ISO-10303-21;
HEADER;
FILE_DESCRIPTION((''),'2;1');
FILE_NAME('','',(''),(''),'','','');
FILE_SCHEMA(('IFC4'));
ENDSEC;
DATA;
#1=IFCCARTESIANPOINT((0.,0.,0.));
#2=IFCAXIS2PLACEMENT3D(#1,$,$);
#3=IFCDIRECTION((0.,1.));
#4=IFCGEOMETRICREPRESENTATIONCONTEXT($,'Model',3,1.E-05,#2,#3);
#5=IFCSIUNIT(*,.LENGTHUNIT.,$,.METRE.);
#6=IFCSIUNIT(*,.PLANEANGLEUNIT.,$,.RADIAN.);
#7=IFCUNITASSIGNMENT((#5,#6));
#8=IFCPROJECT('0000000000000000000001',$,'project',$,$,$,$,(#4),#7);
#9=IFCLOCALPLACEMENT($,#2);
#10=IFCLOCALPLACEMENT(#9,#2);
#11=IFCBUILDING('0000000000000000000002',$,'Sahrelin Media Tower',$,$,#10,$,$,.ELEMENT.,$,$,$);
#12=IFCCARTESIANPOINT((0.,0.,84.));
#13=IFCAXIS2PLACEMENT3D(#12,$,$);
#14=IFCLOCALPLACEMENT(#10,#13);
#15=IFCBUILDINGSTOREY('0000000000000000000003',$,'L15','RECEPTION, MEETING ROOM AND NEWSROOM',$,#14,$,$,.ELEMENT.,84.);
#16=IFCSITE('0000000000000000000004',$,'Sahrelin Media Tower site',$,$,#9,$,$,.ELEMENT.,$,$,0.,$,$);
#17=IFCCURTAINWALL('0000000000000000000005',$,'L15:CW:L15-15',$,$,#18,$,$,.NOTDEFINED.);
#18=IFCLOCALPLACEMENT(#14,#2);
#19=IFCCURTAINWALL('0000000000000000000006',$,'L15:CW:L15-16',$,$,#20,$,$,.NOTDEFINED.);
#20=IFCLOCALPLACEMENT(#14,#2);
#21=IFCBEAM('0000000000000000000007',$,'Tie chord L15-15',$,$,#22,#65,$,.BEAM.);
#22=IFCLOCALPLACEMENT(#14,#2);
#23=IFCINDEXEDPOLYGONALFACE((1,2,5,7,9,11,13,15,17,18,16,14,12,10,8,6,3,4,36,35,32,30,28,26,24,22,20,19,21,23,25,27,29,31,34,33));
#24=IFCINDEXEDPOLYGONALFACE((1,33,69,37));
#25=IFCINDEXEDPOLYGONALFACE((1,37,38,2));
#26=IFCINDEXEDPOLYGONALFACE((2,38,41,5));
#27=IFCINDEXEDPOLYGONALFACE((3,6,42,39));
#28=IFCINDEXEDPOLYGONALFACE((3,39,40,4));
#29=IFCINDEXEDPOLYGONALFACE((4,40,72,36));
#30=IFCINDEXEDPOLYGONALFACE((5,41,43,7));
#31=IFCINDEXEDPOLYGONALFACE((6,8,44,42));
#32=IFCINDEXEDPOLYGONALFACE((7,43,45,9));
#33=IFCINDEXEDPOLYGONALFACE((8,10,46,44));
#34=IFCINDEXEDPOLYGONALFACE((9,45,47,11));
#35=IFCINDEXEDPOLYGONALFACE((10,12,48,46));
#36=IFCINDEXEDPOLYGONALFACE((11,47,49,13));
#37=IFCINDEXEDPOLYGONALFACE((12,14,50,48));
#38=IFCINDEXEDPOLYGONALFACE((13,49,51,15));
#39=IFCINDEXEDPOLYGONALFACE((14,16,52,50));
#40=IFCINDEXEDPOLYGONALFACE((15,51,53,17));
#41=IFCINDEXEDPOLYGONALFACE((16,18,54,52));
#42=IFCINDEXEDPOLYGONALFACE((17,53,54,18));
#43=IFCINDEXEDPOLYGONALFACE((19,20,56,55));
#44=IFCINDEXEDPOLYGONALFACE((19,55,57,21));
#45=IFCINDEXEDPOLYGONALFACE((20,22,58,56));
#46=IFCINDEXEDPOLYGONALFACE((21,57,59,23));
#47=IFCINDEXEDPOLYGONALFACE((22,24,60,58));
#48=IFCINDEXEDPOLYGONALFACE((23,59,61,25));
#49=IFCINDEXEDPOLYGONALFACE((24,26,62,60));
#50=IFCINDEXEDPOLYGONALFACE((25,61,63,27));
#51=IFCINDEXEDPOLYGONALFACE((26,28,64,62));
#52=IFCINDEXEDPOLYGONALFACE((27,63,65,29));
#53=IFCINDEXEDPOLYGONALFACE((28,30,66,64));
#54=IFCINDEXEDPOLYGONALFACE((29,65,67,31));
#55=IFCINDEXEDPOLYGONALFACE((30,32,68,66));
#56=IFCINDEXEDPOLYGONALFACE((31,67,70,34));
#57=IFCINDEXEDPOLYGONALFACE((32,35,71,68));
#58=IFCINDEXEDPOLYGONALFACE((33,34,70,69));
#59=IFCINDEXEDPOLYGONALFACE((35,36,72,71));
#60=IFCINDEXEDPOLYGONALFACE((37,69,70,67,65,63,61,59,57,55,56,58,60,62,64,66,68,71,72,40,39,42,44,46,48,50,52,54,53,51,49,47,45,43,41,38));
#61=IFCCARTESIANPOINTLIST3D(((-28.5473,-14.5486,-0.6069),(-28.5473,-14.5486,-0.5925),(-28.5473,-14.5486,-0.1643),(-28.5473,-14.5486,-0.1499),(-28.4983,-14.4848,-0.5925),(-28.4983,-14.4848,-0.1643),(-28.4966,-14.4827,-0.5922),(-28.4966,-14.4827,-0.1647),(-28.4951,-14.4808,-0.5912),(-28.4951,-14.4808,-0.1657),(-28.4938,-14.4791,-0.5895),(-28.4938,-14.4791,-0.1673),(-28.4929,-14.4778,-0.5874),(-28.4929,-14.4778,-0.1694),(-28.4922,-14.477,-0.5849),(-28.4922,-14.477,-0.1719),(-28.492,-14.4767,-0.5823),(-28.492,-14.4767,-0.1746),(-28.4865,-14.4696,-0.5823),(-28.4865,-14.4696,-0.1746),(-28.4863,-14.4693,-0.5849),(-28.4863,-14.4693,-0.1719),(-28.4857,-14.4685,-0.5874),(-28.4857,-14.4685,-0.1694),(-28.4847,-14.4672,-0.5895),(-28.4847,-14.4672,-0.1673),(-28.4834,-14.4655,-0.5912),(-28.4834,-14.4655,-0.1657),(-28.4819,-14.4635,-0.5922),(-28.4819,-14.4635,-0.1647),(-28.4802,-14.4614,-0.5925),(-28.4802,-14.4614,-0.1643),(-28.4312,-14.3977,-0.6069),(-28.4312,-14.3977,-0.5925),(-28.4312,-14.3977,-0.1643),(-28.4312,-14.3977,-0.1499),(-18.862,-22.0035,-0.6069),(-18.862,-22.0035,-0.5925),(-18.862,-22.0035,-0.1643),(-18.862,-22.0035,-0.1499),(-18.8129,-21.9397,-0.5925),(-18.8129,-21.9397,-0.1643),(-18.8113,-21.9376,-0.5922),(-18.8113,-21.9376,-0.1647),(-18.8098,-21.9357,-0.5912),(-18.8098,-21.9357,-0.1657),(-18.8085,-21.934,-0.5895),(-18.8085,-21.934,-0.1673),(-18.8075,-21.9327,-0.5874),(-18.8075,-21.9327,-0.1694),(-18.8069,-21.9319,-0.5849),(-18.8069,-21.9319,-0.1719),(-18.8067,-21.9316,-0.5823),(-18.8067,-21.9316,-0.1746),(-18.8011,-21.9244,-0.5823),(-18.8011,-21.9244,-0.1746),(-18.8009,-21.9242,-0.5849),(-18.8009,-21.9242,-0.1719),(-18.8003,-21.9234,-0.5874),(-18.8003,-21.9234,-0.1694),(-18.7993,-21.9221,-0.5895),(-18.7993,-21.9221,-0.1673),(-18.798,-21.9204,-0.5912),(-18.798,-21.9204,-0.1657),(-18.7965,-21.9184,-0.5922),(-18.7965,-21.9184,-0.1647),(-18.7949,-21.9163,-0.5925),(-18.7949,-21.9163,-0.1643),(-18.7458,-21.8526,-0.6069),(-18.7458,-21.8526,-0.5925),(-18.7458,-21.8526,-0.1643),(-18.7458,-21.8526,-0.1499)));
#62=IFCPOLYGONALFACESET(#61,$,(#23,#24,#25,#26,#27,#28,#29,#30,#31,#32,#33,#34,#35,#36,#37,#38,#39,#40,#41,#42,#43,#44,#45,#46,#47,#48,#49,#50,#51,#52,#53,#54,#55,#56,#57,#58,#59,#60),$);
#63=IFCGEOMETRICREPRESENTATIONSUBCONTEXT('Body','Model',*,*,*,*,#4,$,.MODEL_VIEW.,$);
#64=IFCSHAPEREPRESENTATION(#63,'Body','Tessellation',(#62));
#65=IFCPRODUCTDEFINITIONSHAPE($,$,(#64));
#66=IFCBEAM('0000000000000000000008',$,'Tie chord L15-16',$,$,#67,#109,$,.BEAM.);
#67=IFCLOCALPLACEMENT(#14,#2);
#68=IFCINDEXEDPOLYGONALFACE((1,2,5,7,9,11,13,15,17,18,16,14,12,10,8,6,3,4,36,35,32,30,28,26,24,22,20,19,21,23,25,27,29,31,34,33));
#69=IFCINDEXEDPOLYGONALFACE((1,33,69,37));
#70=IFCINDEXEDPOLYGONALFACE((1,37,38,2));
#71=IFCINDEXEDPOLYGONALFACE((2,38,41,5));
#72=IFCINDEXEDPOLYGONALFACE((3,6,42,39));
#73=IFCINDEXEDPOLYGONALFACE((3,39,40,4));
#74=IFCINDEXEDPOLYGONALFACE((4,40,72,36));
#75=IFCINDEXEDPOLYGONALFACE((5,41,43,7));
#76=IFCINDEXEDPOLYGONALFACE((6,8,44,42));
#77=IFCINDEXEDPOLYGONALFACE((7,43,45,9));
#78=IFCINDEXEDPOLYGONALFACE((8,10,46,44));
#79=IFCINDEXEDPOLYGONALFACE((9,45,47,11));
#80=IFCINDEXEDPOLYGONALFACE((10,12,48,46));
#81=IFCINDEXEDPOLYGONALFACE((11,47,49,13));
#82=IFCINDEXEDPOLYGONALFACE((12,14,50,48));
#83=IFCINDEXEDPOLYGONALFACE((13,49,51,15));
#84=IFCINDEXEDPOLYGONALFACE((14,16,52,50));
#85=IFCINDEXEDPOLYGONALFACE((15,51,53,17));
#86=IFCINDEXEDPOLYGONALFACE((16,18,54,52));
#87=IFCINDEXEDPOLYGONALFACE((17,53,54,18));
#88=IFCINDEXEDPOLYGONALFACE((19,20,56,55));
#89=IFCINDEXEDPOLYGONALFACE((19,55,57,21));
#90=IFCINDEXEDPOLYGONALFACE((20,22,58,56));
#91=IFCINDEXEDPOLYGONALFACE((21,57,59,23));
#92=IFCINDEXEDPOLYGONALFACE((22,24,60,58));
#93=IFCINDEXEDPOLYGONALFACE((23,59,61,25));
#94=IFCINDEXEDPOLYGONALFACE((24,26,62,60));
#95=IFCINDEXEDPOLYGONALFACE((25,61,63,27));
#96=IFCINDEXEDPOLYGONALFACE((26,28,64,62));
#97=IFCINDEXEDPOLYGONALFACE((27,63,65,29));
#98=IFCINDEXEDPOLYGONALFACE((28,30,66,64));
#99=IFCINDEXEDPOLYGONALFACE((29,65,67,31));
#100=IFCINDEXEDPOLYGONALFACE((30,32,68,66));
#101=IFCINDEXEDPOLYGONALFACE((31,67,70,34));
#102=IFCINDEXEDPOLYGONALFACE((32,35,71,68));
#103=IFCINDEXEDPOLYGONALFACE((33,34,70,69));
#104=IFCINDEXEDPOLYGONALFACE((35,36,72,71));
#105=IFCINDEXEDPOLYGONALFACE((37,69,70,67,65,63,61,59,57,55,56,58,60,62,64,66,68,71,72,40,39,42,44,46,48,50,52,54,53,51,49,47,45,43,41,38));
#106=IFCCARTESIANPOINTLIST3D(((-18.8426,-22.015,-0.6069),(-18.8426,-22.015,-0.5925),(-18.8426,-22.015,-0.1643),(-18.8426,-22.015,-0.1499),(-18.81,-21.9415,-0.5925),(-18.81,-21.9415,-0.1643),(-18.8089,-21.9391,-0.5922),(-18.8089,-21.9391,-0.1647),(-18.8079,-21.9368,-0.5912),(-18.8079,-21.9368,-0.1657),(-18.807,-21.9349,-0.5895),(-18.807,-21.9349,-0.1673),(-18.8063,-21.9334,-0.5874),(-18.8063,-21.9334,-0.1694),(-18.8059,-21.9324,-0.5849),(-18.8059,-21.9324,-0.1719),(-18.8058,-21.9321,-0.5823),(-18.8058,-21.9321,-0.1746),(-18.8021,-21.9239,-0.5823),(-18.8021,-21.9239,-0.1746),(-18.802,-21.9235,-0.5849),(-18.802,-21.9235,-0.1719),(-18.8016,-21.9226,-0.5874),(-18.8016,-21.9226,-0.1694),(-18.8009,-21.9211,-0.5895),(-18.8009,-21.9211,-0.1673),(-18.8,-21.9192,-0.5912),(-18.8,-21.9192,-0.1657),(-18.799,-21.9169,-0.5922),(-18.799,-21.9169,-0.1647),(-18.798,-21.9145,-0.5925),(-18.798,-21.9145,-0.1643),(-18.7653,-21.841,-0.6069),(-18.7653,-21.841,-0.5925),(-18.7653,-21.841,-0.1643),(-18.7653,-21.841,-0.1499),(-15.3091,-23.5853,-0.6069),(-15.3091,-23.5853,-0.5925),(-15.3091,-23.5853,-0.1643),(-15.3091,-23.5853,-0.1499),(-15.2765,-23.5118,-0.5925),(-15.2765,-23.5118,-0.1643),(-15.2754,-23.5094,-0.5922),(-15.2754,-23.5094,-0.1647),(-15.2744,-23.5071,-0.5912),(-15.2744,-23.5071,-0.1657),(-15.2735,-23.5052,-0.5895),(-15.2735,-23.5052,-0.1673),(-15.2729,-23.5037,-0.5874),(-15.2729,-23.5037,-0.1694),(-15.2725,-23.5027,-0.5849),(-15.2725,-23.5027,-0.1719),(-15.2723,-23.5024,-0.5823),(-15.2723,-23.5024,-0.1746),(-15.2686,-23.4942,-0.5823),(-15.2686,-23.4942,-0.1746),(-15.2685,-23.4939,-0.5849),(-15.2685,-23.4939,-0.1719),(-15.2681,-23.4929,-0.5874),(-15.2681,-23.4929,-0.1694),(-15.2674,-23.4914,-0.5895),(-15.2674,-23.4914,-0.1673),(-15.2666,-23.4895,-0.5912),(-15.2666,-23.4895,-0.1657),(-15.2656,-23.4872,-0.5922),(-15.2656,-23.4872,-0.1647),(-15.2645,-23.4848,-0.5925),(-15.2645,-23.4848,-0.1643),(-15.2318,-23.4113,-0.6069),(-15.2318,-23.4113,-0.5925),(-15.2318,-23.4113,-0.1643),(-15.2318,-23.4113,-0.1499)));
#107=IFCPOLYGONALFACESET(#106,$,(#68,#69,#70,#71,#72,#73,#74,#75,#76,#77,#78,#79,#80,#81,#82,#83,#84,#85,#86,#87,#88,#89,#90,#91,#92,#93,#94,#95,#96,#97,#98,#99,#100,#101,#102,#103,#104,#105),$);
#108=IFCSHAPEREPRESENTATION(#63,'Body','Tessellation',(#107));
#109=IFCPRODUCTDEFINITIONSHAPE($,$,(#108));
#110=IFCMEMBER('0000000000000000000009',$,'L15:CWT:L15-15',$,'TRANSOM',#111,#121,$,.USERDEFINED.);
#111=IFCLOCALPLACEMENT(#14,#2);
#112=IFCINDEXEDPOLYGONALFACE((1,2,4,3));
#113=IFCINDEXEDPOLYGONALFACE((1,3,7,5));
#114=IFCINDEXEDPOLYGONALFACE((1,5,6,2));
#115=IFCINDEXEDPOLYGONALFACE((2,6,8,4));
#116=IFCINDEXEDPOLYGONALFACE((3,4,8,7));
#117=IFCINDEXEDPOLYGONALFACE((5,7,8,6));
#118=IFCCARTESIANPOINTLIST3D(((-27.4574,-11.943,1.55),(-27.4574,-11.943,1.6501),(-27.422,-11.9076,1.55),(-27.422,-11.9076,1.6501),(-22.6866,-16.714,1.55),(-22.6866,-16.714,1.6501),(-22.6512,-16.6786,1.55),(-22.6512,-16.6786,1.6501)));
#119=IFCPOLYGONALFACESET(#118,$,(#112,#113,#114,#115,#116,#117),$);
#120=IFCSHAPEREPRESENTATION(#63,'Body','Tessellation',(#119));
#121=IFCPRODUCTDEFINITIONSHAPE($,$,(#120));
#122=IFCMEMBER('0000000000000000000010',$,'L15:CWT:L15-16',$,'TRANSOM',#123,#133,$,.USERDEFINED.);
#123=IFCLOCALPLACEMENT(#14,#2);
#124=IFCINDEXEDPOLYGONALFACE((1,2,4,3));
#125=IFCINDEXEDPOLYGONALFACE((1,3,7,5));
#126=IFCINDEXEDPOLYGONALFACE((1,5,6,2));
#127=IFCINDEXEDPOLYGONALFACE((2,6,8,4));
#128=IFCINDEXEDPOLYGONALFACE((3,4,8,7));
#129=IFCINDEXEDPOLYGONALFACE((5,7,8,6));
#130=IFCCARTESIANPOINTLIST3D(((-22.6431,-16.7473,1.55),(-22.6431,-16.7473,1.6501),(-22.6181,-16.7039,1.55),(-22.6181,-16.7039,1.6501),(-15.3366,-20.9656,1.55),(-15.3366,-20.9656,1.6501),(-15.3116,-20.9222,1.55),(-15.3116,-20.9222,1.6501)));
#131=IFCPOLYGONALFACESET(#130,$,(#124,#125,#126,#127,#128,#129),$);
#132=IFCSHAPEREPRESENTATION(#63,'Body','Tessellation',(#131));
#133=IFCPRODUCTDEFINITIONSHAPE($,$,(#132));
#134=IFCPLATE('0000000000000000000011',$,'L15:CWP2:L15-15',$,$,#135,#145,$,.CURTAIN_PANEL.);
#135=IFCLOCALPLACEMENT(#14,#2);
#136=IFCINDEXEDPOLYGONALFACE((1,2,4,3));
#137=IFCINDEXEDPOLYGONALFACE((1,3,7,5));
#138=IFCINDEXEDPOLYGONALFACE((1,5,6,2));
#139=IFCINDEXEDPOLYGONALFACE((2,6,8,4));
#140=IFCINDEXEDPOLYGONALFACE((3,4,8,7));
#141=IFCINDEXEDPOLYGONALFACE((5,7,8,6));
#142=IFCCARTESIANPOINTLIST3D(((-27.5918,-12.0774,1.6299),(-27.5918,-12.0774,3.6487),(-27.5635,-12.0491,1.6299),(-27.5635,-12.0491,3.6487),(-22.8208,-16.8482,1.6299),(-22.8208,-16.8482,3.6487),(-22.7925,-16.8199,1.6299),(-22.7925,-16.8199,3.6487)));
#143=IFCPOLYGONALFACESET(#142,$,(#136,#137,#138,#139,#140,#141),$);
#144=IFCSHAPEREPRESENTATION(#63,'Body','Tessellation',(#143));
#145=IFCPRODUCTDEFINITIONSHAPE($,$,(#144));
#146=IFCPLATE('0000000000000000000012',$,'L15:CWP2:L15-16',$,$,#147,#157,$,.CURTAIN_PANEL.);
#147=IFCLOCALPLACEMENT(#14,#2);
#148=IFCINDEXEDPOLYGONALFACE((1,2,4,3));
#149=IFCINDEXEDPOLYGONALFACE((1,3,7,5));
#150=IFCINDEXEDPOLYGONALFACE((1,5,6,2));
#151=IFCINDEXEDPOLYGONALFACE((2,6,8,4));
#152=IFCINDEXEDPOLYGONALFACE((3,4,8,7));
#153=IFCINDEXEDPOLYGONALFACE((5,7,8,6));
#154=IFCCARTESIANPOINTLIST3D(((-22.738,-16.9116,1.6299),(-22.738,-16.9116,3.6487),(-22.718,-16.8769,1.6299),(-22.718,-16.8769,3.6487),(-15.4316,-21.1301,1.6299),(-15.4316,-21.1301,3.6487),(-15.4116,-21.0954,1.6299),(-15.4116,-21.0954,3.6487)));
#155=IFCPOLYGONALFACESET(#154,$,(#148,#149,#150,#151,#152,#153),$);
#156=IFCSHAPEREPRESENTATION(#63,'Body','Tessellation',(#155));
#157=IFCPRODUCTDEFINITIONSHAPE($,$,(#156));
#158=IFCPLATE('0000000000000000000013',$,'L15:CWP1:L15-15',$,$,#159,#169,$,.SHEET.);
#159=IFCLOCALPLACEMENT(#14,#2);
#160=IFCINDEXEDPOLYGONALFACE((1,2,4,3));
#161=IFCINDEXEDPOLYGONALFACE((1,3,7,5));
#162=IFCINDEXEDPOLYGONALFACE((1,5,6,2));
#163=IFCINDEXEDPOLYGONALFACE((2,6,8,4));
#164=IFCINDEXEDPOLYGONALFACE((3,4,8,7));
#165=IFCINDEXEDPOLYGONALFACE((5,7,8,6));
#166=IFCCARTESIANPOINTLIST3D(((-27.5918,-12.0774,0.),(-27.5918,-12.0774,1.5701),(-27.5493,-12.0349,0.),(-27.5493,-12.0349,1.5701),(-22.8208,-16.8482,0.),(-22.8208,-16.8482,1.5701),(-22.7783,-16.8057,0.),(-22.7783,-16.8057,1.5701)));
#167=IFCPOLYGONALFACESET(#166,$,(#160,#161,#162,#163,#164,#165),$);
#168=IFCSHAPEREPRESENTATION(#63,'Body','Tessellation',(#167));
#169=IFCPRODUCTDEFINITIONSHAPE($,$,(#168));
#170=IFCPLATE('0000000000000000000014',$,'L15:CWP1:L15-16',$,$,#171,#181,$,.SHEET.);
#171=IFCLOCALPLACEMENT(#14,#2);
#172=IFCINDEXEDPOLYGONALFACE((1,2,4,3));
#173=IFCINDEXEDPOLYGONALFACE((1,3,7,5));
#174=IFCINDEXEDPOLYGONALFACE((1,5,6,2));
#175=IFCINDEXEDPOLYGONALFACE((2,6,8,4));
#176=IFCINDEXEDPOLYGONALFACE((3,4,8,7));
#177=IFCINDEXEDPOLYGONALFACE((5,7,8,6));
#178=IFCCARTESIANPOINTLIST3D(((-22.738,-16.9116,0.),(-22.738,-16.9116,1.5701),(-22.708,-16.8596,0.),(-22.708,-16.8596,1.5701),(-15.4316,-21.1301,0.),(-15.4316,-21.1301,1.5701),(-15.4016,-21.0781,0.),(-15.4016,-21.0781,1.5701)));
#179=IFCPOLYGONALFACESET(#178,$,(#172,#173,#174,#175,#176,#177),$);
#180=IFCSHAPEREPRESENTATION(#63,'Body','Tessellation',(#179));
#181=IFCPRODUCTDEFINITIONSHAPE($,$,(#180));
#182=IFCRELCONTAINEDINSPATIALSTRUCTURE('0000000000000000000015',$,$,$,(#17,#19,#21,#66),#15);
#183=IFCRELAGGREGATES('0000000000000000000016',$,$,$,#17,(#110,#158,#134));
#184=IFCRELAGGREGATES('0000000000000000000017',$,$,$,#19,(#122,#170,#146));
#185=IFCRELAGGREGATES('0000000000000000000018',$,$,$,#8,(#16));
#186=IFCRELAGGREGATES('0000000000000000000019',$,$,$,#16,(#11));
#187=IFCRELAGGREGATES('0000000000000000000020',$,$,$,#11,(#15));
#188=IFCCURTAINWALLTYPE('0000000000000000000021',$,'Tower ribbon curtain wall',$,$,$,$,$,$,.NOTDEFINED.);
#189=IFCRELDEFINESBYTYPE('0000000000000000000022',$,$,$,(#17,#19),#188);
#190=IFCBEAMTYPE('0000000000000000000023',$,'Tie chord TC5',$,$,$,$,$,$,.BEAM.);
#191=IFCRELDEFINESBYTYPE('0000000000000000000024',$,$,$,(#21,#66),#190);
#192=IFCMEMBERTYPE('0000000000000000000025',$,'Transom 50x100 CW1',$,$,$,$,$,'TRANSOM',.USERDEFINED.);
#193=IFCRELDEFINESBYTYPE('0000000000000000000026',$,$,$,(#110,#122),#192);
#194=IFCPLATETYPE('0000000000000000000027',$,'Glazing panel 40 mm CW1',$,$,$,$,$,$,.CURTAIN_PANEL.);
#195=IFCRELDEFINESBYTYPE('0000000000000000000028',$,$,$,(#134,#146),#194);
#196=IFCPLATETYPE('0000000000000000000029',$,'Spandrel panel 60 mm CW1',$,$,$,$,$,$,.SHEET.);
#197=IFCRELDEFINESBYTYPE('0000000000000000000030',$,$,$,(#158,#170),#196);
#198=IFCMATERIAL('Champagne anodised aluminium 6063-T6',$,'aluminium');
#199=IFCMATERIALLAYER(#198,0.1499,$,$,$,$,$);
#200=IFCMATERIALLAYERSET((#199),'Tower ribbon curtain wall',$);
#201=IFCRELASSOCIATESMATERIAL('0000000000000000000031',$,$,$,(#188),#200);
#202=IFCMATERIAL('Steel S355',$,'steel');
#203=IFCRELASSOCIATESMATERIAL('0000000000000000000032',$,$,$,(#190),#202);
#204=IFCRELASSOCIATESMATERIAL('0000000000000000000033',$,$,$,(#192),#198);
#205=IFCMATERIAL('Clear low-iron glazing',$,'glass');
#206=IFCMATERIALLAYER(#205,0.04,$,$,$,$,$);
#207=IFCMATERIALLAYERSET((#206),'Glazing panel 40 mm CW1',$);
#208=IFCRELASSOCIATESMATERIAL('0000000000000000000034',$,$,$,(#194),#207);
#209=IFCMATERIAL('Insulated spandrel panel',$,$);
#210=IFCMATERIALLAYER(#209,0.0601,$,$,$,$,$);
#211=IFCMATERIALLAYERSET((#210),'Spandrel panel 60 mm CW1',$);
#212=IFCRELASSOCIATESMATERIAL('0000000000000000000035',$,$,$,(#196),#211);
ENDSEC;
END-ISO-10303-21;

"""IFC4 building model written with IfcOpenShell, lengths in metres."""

from ifc_helpers import new_model, si_unit, direction, frame, origin, origin_2d, place, context, subcontext, project, spatial, polyline, rectangle, i_section, outline, extrude, material, layer, layer_set, material_profile, profile_set, type_object, element, aggregate, save


model = new_model("IFC4")

# Units and contexts
model_context = context("Model", 3, precision=1e-05, world=origin(), true_north=direction((0.0, 1.0)))
body_context = subcontext(model_context, "Body", "Model", "MODEL_VIEW")
ifc_project = project(units=[si_unit("LENGTHUNIT", "METRE"), si_unit("PLANEANGLEUNIT", "RADIAN")], contexts=[model_context])

# Site, building, storey
site_placement = place(None, origin())
site = spatial("IfcSite", under=ifc_project, at=site_placement, Name="Sahrelin Media Tower site", CompositionType="ELEMENT", RefElevation=0.0)
building_placement = place(site_placement, origin())
building = spatial("IfcBuilding", under=site, at=building_placement, Name="Sahrelin Media Tower", CompositionType="ELEMENT")
storey_placement = place(building_placement, frame((0.0, 0.0, 84.0)))
storey = spatial("IfcBuildingStorey", under=building, at=storey_placement, Name="L15", Description="RECEPTION, MEETING ROOM AND NEWSROOM", CompositionType="ELEMENT", Elevation=84.0)

# Shared definitions
ifc_material_1 = material(Name="Steel S355", Category="steel")

# Curtain walls
ifc_material_2 = material(Name="Champagne anodised aluminium 6063-T6", Category="aluminium")
ifc_layer_1 = layer(ifc_material_2, 0.1499)
ifc_layer_set_1 = layer_set([ifc_layer_1], Name="Tower ribbon curtain wall")
curtain_wall_type = type_object("IfcCurtainWallType", Name="Tower ribbon curtain wall", PredefinedType="NOTDEFINED", material=ifc_layer_set_1)
curtain_wall_1_placement = place(storey_placement, frame((-25.1921, -14.4485, 0.0), z_axis=(0.0, 0.0, 1.0), x_axis=(1.0, 0.0, 0.0)))
curtain_wall_1 = element("IfcCurtainWall", 1, at=curtain_wall_1_placement, inside=storey, type_object=curtain_wall_type, Name="L15:CW:L15-15", PredefinedType="NOTDEFINED")
curtain_wall_2_placement = place(storey_placement, frame((-19.075, -19.0037, 0.0), z_axis=(0.0, 0.0, 1.0), x_axis=(1.0, 0.0, 0.0)))
curtain_wall_2 = element("IfcCurtainWall", 2, at=curtain_wall_2_placement, inside=storey, type_object=curtain_wall_type, Name="L15:CW:L15-16", PredefinedType="NOTDEFINED")

# Beams
ifc_material_profile_1 = material_profile(ifc_material_1, i_section(OverallWidth=0.1904, OverallDepth=0.457, WebThickness=0.009, FlangeThickness=0.0144, FilletRadius=0.0103, at=origin_2d()), Name="UB 457x191x74")
ifc_profile_set_1 = profile_set([ifc_material_profile_1], Name="Steel S355")
beam_type_1 = type_object("IfcBeamType", Name="Tie chord TC5", PredefinedType="BEAM", material=ifc_profile_set_1)
beam_1_placement = place(storey_placement, frame((-28.4893, -14.4731, -0.3784), z_axis=(0.792442, -0.609947, 0.0), x_axis=(0.609947, 0.792442, 0.0)))
element("IfcBeam", 3, at=beam_1_placement, inside=storey, type_object=beam_type_1, Name="Tie chord L15-15", PredefinedType="BEAM", context=body_context, shape_type="SweptSolid", body=[
    extrude(i_section(OverallWidth=0.1904, OverallDepth=0.457, WebThickness=0.009, FlangeThickness=0.0144, FilletRadius=0.0103, at=origin_2d()), origin(), (0.0, 0.0, 1.0), 12.2222),
])
beam_2_placement = place(storey_placement, frame((-18.804, -21.928, -0.3784), z_axis=(0.913822, -0.406115, 0.0), x_axis=(0.406115, 0.913822, 0.0)))
element("IfcBeam", 4, at=beam_2_placement, inside=storey, type_object=beam_type_1, Name="Tie chord L15-16", PredefinedType="BEAM", context=body_context, shape_type="SweptSolid", body=[
    extrude(i_section(OverallWidth=0.1904, OverallDepth=0.457, WebThickness=0.009, FlangeThickness=0.0144, FilletRadius=0.0103, at=origin_2d()), origin(), (0.0, 0.0, 1.0), 3.8667),
])

# Members
ifc_material_profile_2 = material_profile(ifc_material_2, rectangle(XDim=0.05, YDim=0.1001, at=origin_2d()), Name="Transom 50x100")
ifc_profile_set_2 = profile_set([ifc_material_profile_2], Name="Champagne anodised aluminium 6063-T6")
member_type_1 = type_object("IfcMemberType", Name="Transom 50x100 CW1", ElementType="TRANSOM", PredefinedType="USERDEFINED", material=ifc_profile_set_2)
member_1_placement = place(storey_placement, frame((-27.4397, -11.9253, 1.6001), z_axis=(0.707089, -0.707125, 0.0), x_axis=(0.707125, 0.707089, 0.0)))
member_1 = element("IfcMember", 5, at=member_1_placement, type_object=member_type_1, Name="L15:CWT:L15-15", ObjectType="TRANSOM", PredefinedType="USERDEFINED", context=body_context, shape_type="SweptSolid", body=[
    extrude(rectangle(XDim=0.05, YDim=0.1001, at=origin_2d()), origin(), (0.0, 0.0, 1.0), 6.7471),
])
member_2_placement = place(storey_placement, frame((-22.6306, -16.7256, 1.6001), z_axis=(0.86603, -0.499992, 0.0), x_axis=(0.499992, 0.86603, 0.0)))
member_2 = element("IfcMember", 6, at=member_2_placement, type_object=member_type_1, Name="L15:CWT:L15-16", ObjectType="TRANSOM", PredefinedType="USERDEFINED", context=body_context, shape_type="SweptSolid", body=[
    extrude(rectangle(XDim=0.05, YDim=0.1001, at=origin_2d()), origin(), (0.0, 0.0, 1.0), 8.4368),
])

# Plates
ifc_material_3 = material(Name="Clear low-iron glazing", Category="glass")
ifc_layer_2 = layer(ifc_material_3, 0.04)
ifc_layer_set_2 = layer_set([ifc_layer_2], Name="Glazing panel 40 mm CW1")
plate_type_1 = type_object("IfcPlateType", Name="Glazing panel 40 mm CW1", PredefinedType="CURTAIN_PANEL", material=ifc_layer_set_2)
plate_1_placement = place(storey_placement, frame((-27.5918, -12.0774, 1.6299), z_axis=(-0.707089, -0.707125, 0.0), x_axis=(0.707125, -0.707089, 0.0)))
plate_1 = element("IfcPlate", 7, at=plate_1_placement, type_object=plate_type_1, Name="L15:CWP2:L15-15", PredefinedType="CURTAIN_PANEL", context=body_context, shape_type="SweptSolid", body=[
    extrude(outline(polyline([(0.0, 0.0), (6.7471, 0.0), (6.7471, 2.0188), (0.0, 2.0188), (0.0, 0.0)])), origin(), (0.0, 0.0, -1.0), 0.04),
])
plate_2_placement = place(storey_placement, frame((-22.738, -16.9116, 1.6299), z_axis=(-0.500014, -0.866017, 0.0), x_axis=(0.866017, -0.500014, 0.0)))
plate_2 = element("IfcPlate", 8, at=plate_2_placement, type_object=plate_type_1, Name="L15:CWP2:L15-16", PredefinedType="CURTAIN_PANEL", context=body_context, shape_type="SweptSolid", body=[
    extrude(outline(polyline([(0.0, 0.0), (8.4368, 0.0), (8.4368, 2.0188), (0.0, 2.0188), (0.0, 0.0)])), origin(), (0.0, 0.0, -1.0), 0.04),
])
ifc_material_4 = material(Name="Insulated spandrel panel")
ifc_layer_3 = layer(ifc_material_4, 0.0601)
ifc_layer_set_3 = layer_set([ifc_layer_3], Name="Spandrel panel 60 mm CW1")
plate_type_2 = type_object("IfcPlateType", Name="Spandrel panel 60 mm CW1", PredefinedType="SHEET", material=ifc_layer_set_3)
plate_3_placement = place(storey_placement, frame((-27.5918, -12.0774, 0.0), z_axis=(-0.707089, -0.707125, 0.0), x_axis=(0.707125, -0.707089, 0.0)))
plate_3 = element("IfcPlate", 9, at=plate_3_placement, type_object=plate_type_2, Name="L15:CWP1:L15-15", PredefinedType="SHEET", context=body_context, shape_type="SweptSolid", body=[
    extrude(outline(polyline([(0.0, 0.0), (6.7471, 0.0), (6.7471, 1.5701), (0.0, 1.5701), (0.0, 0.0)])), origin(), (0.0, 0.0, -1.0), 0.0601),
])
aggregate(curtain_wall_1, [member_1, plate_3, plate_1])
plate_4_placement = place(storey_placement, frame((-22.738, -16.9116, 0.0), z_axis=(-0.500014, -0.866017, 0.0), x_axis=(0.866017, -0.500014, 0.0)))
plate_4 = element("IfcPlate", 10, at=plate_4_placement, type_object=plate_type_2, Name="L15:CWP1:L15-16", PredefinedType="SHEET", context=body_context, shape_type="SweptSolid", body=[
    extrude(outline(polyline([(0.0, 0.0), (8.4368, 0.0), (8.4368, 1.5701), (0.0, 1.5701), (0.0, 0.0)])), origin(), (0.0, 0.0, -1.0), 0.0601),
])
aggregate(curtain_wall_2, [member_2, plate_4, plate_2])

save(model, "model.ifc")
